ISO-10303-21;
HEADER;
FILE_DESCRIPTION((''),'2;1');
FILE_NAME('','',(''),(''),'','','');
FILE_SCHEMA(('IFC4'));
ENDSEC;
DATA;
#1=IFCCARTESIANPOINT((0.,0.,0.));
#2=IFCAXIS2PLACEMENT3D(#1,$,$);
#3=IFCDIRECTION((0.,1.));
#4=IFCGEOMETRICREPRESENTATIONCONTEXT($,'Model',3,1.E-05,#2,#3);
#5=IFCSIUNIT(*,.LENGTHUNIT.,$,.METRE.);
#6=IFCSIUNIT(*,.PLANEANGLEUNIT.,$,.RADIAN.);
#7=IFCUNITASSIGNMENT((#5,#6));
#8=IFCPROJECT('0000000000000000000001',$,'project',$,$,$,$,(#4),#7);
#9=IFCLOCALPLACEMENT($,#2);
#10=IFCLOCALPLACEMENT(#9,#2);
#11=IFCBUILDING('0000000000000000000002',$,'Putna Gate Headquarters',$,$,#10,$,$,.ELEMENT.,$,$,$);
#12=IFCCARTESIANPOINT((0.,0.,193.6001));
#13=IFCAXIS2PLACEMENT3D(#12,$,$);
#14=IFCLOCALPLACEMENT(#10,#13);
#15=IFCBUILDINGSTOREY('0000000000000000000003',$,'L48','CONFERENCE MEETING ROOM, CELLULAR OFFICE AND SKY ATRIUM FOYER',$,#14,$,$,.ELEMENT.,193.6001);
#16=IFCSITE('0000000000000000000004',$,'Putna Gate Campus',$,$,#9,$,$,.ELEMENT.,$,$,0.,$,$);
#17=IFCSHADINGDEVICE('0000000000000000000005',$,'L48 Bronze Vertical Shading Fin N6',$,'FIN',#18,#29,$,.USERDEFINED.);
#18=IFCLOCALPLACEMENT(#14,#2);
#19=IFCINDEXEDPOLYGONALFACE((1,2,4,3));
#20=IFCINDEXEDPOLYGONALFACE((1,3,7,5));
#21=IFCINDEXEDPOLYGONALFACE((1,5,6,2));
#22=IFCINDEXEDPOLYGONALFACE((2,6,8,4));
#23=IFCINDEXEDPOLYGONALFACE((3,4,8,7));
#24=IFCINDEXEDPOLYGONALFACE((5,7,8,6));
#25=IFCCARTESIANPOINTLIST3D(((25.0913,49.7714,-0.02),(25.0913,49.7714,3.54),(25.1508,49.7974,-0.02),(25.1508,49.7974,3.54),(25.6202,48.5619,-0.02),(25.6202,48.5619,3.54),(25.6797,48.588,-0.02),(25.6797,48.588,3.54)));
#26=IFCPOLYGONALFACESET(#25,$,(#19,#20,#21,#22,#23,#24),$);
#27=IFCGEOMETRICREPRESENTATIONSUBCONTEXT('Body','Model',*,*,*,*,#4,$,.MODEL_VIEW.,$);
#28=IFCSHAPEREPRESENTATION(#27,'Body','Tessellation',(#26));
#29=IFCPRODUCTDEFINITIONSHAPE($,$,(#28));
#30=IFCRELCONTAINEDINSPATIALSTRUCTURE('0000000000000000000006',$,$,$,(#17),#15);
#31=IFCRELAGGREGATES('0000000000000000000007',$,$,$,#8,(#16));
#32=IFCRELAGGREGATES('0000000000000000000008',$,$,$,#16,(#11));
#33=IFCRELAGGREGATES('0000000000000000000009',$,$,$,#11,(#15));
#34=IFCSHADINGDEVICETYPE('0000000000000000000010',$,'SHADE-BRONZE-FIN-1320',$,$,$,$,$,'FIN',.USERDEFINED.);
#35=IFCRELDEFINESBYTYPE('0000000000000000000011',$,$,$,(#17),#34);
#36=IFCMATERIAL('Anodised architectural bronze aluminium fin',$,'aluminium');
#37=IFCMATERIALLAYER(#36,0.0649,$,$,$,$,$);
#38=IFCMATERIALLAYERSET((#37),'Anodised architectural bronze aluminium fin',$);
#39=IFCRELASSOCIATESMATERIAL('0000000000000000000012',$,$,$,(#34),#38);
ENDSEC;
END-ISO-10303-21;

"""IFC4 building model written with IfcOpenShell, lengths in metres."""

from ifc_helpers import new_model, si_unit, direction, frame, origin, origin_2d, place, context, subcontext, project, spatial, rectangle, extrude, material, layer, layer_set, type_object, element, save


model = new_model("IFC4")

# Units and contexts
model_context = context("Model", 3, precision=1e-05, world=origin(), true_north=direction((0.0, 1.0)))
body_context = subcontext(model_context, "Body", "Model", "MODEL_VIEW")
ifc_project = project(units=[si_unit("LENGTHUNIT", "METRE"), si_unit("PLANEANGLEUNIT", "RADIAN")], contexts=[model_context])

# Site, building, storey
site_placement = place(None, origin())
site = spatial("IfcSite", under=ifc_project, at=site_placement, Name="Putna Gate Campus", CompositionType="ELEMENT", RefElevation=0.0)
building_placement = place(site_placement, origin())
building = spatial("IfcBuilding", under=site, at=building_placement, Name="Putna Gate Headquarters", CompositionType="ELEMENT")
storey_placement = place(building_placement, frame((0.0, 0.0, 193.6001)))
storey = spatial("IfcBuildingStorey", under=building, at=storey_placement, Name="L48", Description="CONFERENCE MEETING ROOM, CELLULAR OFFICE AND SKY ATRIUM FOYER", CompositionType="ELEMENT", Elevation=193.6001)

# Shading device
ifc_material_1 = material(Name="Anodised architectural bronze aluminium fin", Category="aluminium")
ifc_layer_1 = layer(ifc_material_1, 0.0649)
ifc_layer_set_1 = layer_set([ifc_layer_1], Name="Anodised architectural bronze aluminium fin")
shading_device_type = type_object("IfcShadingDeviceType", Name="SHADE-BRONZE-FIN-1320", ElementType="FIN", PredefinedType="USERDEFINED", material=ifc_layer_set_1)
for number, where, z_axis, x_axis, name in (
    (1, (25.3855, 49.1797, -0.02), (0.0, 0.0, 1.0), (-0.400669, 0.916223, 0.0), "L48 Bronze Vertical Shading Fin N6"),
):
    element("IfcShadingDevice", number, at=place(storey_placement, frame(where, z_axis=z_axis, x_axis=x_axis)), inside=storey, type_object=shading_device_type, Name=name, ObjectType="FIN", PredefinedType="USERDEFINED", context=body_context, shape_type="SweptSolid", body=[
        extrude(rectangle(XDim=1.3201, YDim=0.0649, at=origin_2d()), origin(), (0.0, 0.0, 1.0), 3.5601),
    ])

save(model, "model.ifc")
